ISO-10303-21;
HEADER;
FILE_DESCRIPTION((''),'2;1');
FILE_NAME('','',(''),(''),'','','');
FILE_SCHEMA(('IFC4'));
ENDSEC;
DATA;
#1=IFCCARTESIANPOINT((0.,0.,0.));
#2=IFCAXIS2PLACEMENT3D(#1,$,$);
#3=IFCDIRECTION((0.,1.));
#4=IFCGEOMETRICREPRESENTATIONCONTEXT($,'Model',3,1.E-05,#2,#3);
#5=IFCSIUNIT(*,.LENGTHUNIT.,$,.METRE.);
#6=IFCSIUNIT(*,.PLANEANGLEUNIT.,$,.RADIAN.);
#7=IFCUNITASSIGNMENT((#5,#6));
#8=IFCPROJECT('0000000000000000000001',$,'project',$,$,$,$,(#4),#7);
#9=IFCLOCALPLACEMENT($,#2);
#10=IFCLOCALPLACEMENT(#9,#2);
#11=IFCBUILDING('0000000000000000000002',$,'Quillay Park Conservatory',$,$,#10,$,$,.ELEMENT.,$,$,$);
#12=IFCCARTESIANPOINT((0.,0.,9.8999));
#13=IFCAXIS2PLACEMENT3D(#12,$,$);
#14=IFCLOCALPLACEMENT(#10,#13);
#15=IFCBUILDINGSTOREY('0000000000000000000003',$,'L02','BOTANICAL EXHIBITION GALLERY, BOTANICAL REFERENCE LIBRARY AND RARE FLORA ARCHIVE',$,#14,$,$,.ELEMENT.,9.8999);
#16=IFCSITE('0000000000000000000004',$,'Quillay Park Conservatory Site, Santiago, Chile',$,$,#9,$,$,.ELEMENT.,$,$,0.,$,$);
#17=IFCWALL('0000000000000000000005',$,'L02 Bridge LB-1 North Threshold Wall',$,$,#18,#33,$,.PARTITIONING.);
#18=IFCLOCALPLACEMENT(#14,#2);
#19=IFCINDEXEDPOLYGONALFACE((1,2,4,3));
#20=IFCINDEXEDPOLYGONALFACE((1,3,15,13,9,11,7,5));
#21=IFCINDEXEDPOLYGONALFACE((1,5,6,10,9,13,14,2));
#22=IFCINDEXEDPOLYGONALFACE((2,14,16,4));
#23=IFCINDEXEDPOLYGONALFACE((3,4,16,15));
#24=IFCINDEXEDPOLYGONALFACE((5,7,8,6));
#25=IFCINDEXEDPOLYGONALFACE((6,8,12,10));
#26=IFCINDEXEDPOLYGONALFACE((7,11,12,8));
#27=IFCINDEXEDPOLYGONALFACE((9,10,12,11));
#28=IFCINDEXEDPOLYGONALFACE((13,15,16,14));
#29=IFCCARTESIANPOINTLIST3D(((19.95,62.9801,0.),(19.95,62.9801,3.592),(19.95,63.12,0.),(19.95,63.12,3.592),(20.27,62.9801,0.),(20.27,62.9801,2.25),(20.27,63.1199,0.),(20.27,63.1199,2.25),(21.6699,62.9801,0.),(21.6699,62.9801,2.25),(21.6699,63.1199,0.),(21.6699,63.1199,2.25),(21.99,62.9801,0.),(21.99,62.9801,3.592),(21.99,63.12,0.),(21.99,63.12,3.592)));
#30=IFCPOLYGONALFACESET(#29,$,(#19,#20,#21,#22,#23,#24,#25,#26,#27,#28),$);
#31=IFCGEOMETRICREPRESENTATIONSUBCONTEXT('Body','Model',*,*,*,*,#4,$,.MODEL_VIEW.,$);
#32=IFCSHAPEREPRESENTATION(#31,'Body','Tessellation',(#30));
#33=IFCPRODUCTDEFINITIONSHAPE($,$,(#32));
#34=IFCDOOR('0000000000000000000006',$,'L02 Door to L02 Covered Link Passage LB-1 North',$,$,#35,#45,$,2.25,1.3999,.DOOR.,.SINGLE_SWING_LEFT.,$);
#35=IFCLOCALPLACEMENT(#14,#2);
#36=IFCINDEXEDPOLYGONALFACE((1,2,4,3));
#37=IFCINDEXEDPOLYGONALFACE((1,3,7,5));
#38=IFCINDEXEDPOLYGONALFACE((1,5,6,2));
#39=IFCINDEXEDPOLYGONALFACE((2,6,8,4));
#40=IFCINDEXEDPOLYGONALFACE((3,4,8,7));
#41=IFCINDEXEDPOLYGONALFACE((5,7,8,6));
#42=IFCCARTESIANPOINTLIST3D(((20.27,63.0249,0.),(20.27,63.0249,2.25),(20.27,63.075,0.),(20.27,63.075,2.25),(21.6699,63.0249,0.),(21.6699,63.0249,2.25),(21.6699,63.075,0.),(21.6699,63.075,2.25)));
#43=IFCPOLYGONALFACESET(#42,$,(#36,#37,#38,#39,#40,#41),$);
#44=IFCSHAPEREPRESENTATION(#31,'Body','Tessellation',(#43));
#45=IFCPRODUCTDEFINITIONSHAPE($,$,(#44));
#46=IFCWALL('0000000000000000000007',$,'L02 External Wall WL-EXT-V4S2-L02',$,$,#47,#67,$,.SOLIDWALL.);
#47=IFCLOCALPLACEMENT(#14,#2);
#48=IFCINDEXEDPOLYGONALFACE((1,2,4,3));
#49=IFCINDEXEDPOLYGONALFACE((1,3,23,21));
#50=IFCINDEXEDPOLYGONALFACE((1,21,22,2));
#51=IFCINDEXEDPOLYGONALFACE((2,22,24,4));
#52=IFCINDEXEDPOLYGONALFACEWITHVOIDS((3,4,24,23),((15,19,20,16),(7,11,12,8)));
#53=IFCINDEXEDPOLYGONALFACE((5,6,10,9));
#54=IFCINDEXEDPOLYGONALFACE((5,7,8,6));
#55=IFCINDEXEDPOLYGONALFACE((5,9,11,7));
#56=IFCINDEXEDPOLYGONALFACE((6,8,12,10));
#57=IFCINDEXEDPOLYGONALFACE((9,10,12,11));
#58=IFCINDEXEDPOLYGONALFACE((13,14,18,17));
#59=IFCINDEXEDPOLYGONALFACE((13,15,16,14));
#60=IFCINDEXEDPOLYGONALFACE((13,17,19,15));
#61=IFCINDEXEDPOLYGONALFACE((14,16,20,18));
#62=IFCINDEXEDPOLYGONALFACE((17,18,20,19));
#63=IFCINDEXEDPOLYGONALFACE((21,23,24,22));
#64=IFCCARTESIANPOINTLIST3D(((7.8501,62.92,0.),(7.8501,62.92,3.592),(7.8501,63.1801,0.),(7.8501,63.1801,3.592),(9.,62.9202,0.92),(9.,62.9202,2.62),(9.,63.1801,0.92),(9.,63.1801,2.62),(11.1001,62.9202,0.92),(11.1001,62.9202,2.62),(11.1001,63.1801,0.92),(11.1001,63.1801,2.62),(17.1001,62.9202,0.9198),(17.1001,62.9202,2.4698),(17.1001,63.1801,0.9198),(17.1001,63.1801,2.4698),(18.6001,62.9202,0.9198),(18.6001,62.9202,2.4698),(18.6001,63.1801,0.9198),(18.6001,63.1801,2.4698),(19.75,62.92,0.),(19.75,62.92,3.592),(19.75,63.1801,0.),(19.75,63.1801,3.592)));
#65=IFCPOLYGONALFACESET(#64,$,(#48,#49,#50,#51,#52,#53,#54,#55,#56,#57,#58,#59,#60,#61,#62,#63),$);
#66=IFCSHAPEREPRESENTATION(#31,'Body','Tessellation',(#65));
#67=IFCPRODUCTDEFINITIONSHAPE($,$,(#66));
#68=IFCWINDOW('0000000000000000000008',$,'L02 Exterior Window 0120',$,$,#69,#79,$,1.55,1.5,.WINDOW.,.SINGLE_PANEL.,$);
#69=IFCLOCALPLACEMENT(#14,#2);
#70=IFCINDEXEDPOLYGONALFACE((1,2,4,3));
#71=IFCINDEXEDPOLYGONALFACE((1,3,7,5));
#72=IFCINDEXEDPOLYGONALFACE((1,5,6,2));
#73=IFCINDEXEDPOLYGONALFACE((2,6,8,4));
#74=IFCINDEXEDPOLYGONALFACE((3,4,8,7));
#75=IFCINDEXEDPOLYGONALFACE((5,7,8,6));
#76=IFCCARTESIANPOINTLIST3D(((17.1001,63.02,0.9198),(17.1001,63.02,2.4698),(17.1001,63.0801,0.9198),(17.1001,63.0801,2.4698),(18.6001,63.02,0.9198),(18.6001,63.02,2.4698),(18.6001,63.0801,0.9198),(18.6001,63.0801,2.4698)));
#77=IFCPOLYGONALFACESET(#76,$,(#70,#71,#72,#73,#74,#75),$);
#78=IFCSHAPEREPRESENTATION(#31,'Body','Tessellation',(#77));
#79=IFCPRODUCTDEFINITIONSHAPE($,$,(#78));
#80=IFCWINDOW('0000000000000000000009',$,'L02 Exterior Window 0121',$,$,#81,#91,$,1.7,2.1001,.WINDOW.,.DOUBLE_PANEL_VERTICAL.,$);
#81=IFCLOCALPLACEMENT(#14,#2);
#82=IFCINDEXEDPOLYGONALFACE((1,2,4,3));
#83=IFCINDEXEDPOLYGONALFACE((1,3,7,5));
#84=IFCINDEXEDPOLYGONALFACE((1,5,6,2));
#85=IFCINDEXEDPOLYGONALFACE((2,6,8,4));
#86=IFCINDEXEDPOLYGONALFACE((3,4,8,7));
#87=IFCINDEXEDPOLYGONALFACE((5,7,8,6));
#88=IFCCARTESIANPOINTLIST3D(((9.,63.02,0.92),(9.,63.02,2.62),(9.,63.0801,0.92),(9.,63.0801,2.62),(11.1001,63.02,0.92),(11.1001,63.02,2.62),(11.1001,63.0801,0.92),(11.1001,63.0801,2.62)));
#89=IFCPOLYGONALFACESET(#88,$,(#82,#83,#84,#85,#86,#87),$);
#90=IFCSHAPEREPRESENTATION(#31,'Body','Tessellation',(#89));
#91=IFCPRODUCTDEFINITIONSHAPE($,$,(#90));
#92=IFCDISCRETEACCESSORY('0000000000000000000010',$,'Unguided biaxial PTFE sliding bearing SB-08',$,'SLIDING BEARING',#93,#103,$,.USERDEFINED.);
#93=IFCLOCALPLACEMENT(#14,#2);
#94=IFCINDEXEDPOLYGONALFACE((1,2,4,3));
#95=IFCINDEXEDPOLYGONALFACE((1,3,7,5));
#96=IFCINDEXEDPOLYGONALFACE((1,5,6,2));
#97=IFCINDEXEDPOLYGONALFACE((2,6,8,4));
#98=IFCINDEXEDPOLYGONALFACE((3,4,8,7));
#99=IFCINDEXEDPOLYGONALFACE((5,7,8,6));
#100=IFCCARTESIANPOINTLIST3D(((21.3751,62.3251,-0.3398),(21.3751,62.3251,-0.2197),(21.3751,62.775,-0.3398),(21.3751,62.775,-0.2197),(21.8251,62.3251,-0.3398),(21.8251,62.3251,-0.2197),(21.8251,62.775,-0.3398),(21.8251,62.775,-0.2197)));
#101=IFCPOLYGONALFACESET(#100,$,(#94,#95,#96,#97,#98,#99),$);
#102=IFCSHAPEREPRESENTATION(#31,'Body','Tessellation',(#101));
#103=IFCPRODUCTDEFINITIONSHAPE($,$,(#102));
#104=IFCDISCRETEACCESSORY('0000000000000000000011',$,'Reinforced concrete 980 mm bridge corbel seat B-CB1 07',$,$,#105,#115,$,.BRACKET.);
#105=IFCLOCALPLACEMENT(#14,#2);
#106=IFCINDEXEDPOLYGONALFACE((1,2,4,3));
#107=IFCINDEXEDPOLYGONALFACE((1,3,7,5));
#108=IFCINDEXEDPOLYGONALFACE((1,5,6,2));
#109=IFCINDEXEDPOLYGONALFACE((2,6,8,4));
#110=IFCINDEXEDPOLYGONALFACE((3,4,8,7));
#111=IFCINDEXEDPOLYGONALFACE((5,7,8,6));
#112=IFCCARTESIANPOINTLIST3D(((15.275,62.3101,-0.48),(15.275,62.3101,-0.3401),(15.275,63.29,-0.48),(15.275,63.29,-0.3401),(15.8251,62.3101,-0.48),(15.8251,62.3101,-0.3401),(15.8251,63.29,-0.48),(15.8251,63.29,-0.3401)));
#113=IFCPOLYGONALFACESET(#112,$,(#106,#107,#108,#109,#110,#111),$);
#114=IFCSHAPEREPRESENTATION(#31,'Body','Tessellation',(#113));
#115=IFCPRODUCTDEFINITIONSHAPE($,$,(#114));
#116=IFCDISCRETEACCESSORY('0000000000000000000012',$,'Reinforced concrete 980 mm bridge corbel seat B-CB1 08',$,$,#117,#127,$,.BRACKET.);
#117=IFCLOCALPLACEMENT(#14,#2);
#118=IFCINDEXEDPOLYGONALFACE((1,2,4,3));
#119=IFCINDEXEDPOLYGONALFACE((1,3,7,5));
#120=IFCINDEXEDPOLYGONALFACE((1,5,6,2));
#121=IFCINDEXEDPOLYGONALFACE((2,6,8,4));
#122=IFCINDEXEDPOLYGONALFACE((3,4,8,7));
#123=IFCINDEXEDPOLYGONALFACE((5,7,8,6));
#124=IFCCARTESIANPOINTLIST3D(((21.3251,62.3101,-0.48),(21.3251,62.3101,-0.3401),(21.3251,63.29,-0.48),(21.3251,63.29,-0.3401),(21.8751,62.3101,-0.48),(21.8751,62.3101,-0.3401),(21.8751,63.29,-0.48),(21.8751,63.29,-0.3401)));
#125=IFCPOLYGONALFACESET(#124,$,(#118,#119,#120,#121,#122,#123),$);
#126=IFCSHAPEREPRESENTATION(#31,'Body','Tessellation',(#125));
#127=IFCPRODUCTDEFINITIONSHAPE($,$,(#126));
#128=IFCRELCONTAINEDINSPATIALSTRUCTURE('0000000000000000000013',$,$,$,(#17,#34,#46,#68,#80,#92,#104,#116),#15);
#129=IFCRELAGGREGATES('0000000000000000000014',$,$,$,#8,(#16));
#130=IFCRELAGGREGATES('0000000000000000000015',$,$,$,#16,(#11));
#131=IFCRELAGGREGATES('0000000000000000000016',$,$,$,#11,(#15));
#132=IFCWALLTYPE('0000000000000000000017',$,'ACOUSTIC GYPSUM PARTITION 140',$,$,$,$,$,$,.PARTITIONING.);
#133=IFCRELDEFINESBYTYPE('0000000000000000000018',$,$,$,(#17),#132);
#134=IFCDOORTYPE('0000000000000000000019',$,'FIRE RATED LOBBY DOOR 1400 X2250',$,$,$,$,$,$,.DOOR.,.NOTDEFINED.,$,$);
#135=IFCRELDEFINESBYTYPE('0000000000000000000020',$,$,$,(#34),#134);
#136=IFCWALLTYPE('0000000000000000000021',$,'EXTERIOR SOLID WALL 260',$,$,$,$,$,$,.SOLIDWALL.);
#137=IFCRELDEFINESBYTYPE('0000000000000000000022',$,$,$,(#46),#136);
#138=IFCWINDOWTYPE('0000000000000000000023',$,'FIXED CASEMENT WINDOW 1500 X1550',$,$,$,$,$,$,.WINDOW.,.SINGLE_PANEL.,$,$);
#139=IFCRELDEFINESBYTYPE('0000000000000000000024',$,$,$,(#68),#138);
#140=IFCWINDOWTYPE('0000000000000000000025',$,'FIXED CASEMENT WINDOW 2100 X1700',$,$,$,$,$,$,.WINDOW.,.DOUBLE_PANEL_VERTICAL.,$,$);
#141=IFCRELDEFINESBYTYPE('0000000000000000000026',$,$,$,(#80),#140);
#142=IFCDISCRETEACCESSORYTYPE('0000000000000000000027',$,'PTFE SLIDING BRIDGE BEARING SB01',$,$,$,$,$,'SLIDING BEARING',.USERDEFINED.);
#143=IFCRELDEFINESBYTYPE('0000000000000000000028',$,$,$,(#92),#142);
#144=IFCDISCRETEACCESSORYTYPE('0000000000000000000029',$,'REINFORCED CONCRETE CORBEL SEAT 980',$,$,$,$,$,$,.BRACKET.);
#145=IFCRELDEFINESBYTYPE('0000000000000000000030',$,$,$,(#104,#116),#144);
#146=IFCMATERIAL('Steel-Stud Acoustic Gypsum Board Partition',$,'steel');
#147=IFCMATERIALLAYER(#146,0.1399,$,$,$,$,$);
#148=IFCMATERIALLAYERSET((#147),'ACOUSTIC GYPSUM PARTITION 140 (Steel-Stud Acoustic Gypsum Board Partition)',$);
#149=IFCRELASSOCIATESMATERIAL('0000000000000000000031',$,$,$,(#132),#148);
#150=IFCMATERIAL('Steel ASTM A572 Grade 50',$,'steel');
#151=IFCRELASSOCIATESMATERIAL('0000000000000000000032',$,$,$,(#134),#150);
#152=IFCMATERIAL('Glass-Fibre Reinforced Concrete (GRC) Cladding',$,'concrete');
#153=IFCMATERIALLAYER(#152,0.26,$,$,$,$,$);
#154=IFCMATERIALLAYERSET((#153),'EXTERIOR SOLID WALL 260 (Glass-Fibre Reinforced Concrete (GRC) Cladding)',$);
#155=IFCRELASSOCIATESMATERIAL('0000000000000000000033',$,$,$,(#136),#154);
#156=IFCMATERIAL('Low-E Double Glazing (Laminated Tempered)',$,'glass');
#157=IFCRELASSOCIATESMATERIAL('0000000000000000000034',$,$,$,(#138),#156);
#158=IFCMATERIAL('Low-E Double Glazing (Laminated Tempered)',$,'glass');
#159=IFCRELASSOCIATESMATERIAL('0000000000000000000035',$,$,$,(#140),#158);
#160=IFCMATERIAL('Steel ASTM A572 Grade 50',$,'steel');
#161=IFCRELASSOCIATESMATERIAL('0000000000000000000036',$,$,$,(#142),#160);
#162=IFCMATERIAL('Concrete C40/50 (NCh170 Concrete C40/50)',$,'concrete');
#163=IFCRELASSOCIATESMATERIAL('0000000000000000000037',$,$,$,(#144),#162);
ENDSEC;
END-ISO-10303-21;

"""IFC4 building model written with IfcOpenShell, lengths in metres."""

from ifc_helpers import new_model, si_unit, direction, frame, frame_2d, origin, origin_2d, place, context, subcontext, project, spatial, rectangle, extrude, material, layer, layer_set, type_object, element, fill, save


model = new_model("IFC4")

# Units and contexts
model_context = context("Model", 3, precision=1e-05, world=origin(), true_north=direction((0.0, 1.0)))
body_context = subcontext(model_context, "Body", "Model", "MODEL_VIEW")
ifc_project = project(units=[si_unit("LENGTHUNIT", "METRE"), si_unit("PLANEANGLEUNIT", "RADIAN")], contexts=[model_context])

# Site, building, storey
site_placement = place(None, origin())
site = spatial("IfcSite", under=ifc_project, at=site_placement, Name="Quillay Park Conservatory Site, Santiago, Chile", CompositionType="ELEMENT", RefElevation=0.0)
building_placement = place(site_placement, origin())
building = spatial("IfcBuilding", under=site, at=building_placement, Name="Quillay Park Conservatory", CompositionType="ELEMENT")
storey_placement = place(building_placement, frame((0.0, 0.0, 9.8999)))
storey = spatial("IfcBuildingStorey", under=building, at=storey_placement, Name="L02", Description="BOTANICAL EXHIBITION GALLERY, BOTANICAL REFERENCE LIBRARY AND RARE FLORA ARCHIVE", CompositionType="ELEMENT", Elevation=9.8999)

# Wall, opening, door
ifc_material_1 = material(Name="Steel-Stud Acoustic Gypsum Board Partition", Category="steel")
ifc_layer_1 = layer(ifc_material_1, 0.1399)
ifc_layer_set_1 = layer_set([ifc_layer_1], Name="ACOUSTIC GYPSUM PARTITION 140 (Steel-Stud Acoustic Gypsum Board Partition)")
wall_type_1 = type_object("IfcWallType", Name="ACOUSTIC GYPSUM PARTITION 140", PredefinedType="PARTITIONING", material=ifc_layer_set_1)
wall_1_placement = place(storey_placement, frame((19.95, 63.05, 0.0), z_axis=(0.0, 0.0, 1.0), x_axis=(1.0, 0.0, 0.0)))
wall_1 = element("IfcWall", 1, at=wall_1_placement, inside=storey, type_object=wall_type_1, Name="L02 Bridge LB-1 North Threshold Wall", PredefinedType="PARTITIONING", context=body_context, shape_type="SweptSolid", body=[
    extrude(rectangle(XDim=2.04, YDim=0.1399, at=frame_2d((1.02, 0.0))), origin(), (0.0, 0.0, 1.0), 3.592),
])
opening_1_placement = place(wall_1_placement, frame((0.3201, 0.0, 0.0)))
opening_1 = element("IfcOpeningElement", 2, at=opening_1_placement, cuts=wall_1, PredefinedType="OPENING", context=body_context, shape_type="SweptSolid", body=[
    extrude(rectangle(XDim=1.3999, YDim=2.25, at=frame_2d((0.7, 1.125))), frame((0.0, 0.0698, 0.0), z_axis=(0.0, -1.0, 0.0), x_axis=(1.0, 0.0, 0.0)), (0.0, 0.0, 1.0), 0.1399),
])
ifc_material_2 = material(Name="Steel ASTM A572 Grade 50", Category="steel")
door_type_1 = type_object("IfcDoorType", Name="FIRE RATED LOBBY DOOR 1400 X2250", OperationType="NOTDEFINED", PredefinedType="DOOR", material=ifc_material_2)
door_1_placement = place(opening_1_placement, origin())
door_1 = element("IfcDoor", 3, at=door_1_placement, inside=storey, type_object=door_type_1, Name="L02 Door to L02 Covered Link Passage LB-1 North", OperationType="SINGLE_SWING_LEFT", OverallHeight=2.25, OverallWidth=1.3999, PredefinedType="DOOR", context=body_context, shape_type="SweptSolid", body=[
    extrude(rectangle(XDim=1.3999, YDim=2.25, at=frame_2d((0.7, 1.125))), frame((0.0, 0.0249, 0.0), z_axis=(0.0, -1.0, 0.0), x_axis=(1.0, 0.0, 0.0)), (0.0, 0.0, 1.0), 0.05),
])
fill(opening_1, door_1)

# Wall, openings, windows
ifc_material_3 = material(Name="Glass-Fibre Reinforced Concrete (GRC) Cladding", Category="concrete")
ifc_layer_2 = layer(ifc_material_3, 0.26)
ifc_layer_set_2 = layer_set([ifc_layer_2], Name="EXTERIOR SOLID WALL 260 (Glass-Fibre Reinforced Concrete (GRC) Cladding)")
wall_type_2 = type_object("IfcWallType", Name="EXTERIOR SOLID WALL 260", PredefinedType="SOLIDWALL", material=ifc_layer_set_2)
wall_2_placement = place(storey_placement, frame((19.75, 63.05, 0.0), z_axis=(0.0, 0.0, 1.0), x_axis=(-1.0, 0.0, 0.0)))
wall_2 = element("IfcWall", 4, at=wall_2_placement, inside=storey, type_object=wall_type_2, Name="L02 External Wall WL-EXT-V4S2-L02", PredefinedType="SOLIDWALL", context=body_context, shape_type="SweptSolid", body=[
    extrude(rectangle(XDim=11.8999, YDim=0.26, at=frame_2d((5.95, 0.0))), origin(), (0.0, 0.0, 1.0), 3.592),
])
opening_2_placement = place(wall_2_placement, frame((1.1499, 0.0, 0.9199)))
opening_2 = element("IfcOpeningElement", 5, at=opening_2_placement, cuts=wall_2, PredefinedType="OPENING", context=body_context, shape_type="SweptSolid", body=[
    extrude(rectangle(XDim=1.5, YDim=1.55, at=frame_2d((0.75, 0.7749))), frame((0.0, 0.1299, 0.0), z_axis=(0.0, -1.0, 0.0), x_axis=(1.0, 0.0, 0.0)), (0.0, 0.0, 1.0), 0.26),
])
opening_3_placement = place(wall_2_placement, frame((8.6499, 0.0, 0.9199)))
opening_3 = element("IfcOpeningElement", 6, at=opening_3_placement, cuts=wall_2, PredefinedType="OPENING", context=body_context, shape_type="SweptSolid", body=[
    extrude(rectangle(XDim=2.1001, YDim=1.7, at=frame_2d((1.05, 0.8501))), frame((0.0, 0.1299, 0.0), z_axis=(0.0, -1.0, 0.0), x_axis=(1.0, 0.0, 0.0)), (0.0, 0.0, 1.0), 0.26),
])
ifc_material_4 = material(Name="Low-E Double Glazing (Laminated Tempered)", Category="glass")
window_type_1 = type_object("IfcWindowType", Name="FIXED CASEMENT WINDOW 1500 X1550", PartitioningType="SINGLE_PANEL", PredefinedType="WINDOW", material=ifc_material_4)
window_1_placement = place(opening_2_placement, origin())
window_1 = element("IfcWindow", 7, at=window_1_placement, inside=storey, type_object=window_type_1, Name="L02 Exterior Window 0120", OverallHeight=1.55, OverallWidth=1.5, PartitioningType="SINGLE_PANEL", PredefinedType="WINDOW", context=body_context, shape_type="SweptSolid", body=[
    extrude(rectangle(XDim=1.5, YDim=1.55, at=frame_2d((0.75, 0.7749))), frame((0.0, 0.03, 0.0), z_axis=(0.0, -1.0, 0.0), x_axis=(1.0, 0.0, 0.0)), (0.0, 0.0, 1.0), 0.0601),
])
fill(opening_2, window_1)
ifc_material_5 = material(Name="Low-E Double Glazing (Laminated Tempered)", Category="glass")
window_type_2 = type_object("IfcWindowType", Name="FIXED CASEMENT WINDOW 2100 X1700", PartitioningType="DOUBLE_PANEL_VERTICAL", PredefinedType="WINDOW", material=ifc_material_5)
window_2_placement = place(opening_3_placement, origin())
window_2 = element("IfcWindow", 8, at=window_2_placement, inside=storey, type_object=window_type_2, Name="L02 Exterior Window 0121", OverallHeight=1.7, OverallWidth=2.1001, PartitioningType="DOUBLE_PANEL_VERTICAL", PredefinedType="WINDOW", context=body_context, shape_type="SweptSolid", body=[
    extrude(rectangle(XDim=2.1001, YDim=1.7, at=frame_2d((1.05, 0.8501))), frame((0.0, 0.03, 0.0), z_axis=(0.0, -1.0, 0.0), x_axis=(1.0, 0.0, 0.0)), (0.0, 0.0, 1.0), 0.0601),
])
fill(opening_3, window_2)

# Discrete accessories
ifc_material_6 = material(Name="Steel ASTM A572 Grade 50", Category="steel")
discrete_accessory_type_1 = type_object("IfcDiscreteAccessoryType", Name="PTFE SLIDING BRIDGE BEARING SB01", ElementType="SLIDING BEARING", PredefinedType="USERDEFINED", material=ifc_material_6)
discrete_accessory_placement = place(storey_placement, frame((21.6001, 62.55, -0.3398), z_axis=(0.0, 0.0, 1.0), x_axis=(1.0, 0.0, 0.0)))
element("IfcDiscreteAccessory", 9, at=discrete_accessory_placement, inside=storey, type_object=discrete_accessory_type_1, Name="Unguided biaxial PTFE sliding bearing SB-08", ObjectType="SLIDING BEARING", PredefinedType="USERDEFINED", context=body_context, shape_type="SweptSolid", body=[
    extrude(rectangle(XDim=0.45, YDim=0.45, at=origin_2d()), origin(), (0.0, 0.0, 1.0), 0.1201),
])
ifc_material_7 = material(Name="Concrete C40/50 (NCh170 Concrete C40/50)", Category="concrete")
discrete_accessory_type_2 = type_object("IfcDiscreteAccessoryType", Name="REINFORCED CONCRETE CORBEL SEAT 980", PredefinedType="BRACKET", material=ifc_material_7)
for number, where, z_axis, x_axis, name in (
    (10, (15.55, 62.8, -0.48), (0.0, 0.0, 1.0), (1.0, 0.0, 0.0), "Reinforced concrete 980 mm bridge corbel seat B-CB1 07"),
    (11, (21.6001, 62.8, -0.48), (0.0, 0.0, 1.0), (1.0, 0.0, 0.0), "Reinforced concrete 980 mm bridge corbel seat B-CB1 08"),
):
    element("IfcDiscreteAccessory", number, at=place(storey_placement, frame(where, z_axis=z_axis, x_axis=x_axis)), inside=storey, type_object=discrete_accessory_type_2, Name=name, PredefinedType="BRACKET", context=body_context, shape_type="SweptSolid", body=[
        extrude(rectangle(XDim=0.55, YDim=0.98, at=origin_2d()), origin(), (0.0, 0.0, 1.0), 0.1399),
    ])

save(model, "model.ifc")
